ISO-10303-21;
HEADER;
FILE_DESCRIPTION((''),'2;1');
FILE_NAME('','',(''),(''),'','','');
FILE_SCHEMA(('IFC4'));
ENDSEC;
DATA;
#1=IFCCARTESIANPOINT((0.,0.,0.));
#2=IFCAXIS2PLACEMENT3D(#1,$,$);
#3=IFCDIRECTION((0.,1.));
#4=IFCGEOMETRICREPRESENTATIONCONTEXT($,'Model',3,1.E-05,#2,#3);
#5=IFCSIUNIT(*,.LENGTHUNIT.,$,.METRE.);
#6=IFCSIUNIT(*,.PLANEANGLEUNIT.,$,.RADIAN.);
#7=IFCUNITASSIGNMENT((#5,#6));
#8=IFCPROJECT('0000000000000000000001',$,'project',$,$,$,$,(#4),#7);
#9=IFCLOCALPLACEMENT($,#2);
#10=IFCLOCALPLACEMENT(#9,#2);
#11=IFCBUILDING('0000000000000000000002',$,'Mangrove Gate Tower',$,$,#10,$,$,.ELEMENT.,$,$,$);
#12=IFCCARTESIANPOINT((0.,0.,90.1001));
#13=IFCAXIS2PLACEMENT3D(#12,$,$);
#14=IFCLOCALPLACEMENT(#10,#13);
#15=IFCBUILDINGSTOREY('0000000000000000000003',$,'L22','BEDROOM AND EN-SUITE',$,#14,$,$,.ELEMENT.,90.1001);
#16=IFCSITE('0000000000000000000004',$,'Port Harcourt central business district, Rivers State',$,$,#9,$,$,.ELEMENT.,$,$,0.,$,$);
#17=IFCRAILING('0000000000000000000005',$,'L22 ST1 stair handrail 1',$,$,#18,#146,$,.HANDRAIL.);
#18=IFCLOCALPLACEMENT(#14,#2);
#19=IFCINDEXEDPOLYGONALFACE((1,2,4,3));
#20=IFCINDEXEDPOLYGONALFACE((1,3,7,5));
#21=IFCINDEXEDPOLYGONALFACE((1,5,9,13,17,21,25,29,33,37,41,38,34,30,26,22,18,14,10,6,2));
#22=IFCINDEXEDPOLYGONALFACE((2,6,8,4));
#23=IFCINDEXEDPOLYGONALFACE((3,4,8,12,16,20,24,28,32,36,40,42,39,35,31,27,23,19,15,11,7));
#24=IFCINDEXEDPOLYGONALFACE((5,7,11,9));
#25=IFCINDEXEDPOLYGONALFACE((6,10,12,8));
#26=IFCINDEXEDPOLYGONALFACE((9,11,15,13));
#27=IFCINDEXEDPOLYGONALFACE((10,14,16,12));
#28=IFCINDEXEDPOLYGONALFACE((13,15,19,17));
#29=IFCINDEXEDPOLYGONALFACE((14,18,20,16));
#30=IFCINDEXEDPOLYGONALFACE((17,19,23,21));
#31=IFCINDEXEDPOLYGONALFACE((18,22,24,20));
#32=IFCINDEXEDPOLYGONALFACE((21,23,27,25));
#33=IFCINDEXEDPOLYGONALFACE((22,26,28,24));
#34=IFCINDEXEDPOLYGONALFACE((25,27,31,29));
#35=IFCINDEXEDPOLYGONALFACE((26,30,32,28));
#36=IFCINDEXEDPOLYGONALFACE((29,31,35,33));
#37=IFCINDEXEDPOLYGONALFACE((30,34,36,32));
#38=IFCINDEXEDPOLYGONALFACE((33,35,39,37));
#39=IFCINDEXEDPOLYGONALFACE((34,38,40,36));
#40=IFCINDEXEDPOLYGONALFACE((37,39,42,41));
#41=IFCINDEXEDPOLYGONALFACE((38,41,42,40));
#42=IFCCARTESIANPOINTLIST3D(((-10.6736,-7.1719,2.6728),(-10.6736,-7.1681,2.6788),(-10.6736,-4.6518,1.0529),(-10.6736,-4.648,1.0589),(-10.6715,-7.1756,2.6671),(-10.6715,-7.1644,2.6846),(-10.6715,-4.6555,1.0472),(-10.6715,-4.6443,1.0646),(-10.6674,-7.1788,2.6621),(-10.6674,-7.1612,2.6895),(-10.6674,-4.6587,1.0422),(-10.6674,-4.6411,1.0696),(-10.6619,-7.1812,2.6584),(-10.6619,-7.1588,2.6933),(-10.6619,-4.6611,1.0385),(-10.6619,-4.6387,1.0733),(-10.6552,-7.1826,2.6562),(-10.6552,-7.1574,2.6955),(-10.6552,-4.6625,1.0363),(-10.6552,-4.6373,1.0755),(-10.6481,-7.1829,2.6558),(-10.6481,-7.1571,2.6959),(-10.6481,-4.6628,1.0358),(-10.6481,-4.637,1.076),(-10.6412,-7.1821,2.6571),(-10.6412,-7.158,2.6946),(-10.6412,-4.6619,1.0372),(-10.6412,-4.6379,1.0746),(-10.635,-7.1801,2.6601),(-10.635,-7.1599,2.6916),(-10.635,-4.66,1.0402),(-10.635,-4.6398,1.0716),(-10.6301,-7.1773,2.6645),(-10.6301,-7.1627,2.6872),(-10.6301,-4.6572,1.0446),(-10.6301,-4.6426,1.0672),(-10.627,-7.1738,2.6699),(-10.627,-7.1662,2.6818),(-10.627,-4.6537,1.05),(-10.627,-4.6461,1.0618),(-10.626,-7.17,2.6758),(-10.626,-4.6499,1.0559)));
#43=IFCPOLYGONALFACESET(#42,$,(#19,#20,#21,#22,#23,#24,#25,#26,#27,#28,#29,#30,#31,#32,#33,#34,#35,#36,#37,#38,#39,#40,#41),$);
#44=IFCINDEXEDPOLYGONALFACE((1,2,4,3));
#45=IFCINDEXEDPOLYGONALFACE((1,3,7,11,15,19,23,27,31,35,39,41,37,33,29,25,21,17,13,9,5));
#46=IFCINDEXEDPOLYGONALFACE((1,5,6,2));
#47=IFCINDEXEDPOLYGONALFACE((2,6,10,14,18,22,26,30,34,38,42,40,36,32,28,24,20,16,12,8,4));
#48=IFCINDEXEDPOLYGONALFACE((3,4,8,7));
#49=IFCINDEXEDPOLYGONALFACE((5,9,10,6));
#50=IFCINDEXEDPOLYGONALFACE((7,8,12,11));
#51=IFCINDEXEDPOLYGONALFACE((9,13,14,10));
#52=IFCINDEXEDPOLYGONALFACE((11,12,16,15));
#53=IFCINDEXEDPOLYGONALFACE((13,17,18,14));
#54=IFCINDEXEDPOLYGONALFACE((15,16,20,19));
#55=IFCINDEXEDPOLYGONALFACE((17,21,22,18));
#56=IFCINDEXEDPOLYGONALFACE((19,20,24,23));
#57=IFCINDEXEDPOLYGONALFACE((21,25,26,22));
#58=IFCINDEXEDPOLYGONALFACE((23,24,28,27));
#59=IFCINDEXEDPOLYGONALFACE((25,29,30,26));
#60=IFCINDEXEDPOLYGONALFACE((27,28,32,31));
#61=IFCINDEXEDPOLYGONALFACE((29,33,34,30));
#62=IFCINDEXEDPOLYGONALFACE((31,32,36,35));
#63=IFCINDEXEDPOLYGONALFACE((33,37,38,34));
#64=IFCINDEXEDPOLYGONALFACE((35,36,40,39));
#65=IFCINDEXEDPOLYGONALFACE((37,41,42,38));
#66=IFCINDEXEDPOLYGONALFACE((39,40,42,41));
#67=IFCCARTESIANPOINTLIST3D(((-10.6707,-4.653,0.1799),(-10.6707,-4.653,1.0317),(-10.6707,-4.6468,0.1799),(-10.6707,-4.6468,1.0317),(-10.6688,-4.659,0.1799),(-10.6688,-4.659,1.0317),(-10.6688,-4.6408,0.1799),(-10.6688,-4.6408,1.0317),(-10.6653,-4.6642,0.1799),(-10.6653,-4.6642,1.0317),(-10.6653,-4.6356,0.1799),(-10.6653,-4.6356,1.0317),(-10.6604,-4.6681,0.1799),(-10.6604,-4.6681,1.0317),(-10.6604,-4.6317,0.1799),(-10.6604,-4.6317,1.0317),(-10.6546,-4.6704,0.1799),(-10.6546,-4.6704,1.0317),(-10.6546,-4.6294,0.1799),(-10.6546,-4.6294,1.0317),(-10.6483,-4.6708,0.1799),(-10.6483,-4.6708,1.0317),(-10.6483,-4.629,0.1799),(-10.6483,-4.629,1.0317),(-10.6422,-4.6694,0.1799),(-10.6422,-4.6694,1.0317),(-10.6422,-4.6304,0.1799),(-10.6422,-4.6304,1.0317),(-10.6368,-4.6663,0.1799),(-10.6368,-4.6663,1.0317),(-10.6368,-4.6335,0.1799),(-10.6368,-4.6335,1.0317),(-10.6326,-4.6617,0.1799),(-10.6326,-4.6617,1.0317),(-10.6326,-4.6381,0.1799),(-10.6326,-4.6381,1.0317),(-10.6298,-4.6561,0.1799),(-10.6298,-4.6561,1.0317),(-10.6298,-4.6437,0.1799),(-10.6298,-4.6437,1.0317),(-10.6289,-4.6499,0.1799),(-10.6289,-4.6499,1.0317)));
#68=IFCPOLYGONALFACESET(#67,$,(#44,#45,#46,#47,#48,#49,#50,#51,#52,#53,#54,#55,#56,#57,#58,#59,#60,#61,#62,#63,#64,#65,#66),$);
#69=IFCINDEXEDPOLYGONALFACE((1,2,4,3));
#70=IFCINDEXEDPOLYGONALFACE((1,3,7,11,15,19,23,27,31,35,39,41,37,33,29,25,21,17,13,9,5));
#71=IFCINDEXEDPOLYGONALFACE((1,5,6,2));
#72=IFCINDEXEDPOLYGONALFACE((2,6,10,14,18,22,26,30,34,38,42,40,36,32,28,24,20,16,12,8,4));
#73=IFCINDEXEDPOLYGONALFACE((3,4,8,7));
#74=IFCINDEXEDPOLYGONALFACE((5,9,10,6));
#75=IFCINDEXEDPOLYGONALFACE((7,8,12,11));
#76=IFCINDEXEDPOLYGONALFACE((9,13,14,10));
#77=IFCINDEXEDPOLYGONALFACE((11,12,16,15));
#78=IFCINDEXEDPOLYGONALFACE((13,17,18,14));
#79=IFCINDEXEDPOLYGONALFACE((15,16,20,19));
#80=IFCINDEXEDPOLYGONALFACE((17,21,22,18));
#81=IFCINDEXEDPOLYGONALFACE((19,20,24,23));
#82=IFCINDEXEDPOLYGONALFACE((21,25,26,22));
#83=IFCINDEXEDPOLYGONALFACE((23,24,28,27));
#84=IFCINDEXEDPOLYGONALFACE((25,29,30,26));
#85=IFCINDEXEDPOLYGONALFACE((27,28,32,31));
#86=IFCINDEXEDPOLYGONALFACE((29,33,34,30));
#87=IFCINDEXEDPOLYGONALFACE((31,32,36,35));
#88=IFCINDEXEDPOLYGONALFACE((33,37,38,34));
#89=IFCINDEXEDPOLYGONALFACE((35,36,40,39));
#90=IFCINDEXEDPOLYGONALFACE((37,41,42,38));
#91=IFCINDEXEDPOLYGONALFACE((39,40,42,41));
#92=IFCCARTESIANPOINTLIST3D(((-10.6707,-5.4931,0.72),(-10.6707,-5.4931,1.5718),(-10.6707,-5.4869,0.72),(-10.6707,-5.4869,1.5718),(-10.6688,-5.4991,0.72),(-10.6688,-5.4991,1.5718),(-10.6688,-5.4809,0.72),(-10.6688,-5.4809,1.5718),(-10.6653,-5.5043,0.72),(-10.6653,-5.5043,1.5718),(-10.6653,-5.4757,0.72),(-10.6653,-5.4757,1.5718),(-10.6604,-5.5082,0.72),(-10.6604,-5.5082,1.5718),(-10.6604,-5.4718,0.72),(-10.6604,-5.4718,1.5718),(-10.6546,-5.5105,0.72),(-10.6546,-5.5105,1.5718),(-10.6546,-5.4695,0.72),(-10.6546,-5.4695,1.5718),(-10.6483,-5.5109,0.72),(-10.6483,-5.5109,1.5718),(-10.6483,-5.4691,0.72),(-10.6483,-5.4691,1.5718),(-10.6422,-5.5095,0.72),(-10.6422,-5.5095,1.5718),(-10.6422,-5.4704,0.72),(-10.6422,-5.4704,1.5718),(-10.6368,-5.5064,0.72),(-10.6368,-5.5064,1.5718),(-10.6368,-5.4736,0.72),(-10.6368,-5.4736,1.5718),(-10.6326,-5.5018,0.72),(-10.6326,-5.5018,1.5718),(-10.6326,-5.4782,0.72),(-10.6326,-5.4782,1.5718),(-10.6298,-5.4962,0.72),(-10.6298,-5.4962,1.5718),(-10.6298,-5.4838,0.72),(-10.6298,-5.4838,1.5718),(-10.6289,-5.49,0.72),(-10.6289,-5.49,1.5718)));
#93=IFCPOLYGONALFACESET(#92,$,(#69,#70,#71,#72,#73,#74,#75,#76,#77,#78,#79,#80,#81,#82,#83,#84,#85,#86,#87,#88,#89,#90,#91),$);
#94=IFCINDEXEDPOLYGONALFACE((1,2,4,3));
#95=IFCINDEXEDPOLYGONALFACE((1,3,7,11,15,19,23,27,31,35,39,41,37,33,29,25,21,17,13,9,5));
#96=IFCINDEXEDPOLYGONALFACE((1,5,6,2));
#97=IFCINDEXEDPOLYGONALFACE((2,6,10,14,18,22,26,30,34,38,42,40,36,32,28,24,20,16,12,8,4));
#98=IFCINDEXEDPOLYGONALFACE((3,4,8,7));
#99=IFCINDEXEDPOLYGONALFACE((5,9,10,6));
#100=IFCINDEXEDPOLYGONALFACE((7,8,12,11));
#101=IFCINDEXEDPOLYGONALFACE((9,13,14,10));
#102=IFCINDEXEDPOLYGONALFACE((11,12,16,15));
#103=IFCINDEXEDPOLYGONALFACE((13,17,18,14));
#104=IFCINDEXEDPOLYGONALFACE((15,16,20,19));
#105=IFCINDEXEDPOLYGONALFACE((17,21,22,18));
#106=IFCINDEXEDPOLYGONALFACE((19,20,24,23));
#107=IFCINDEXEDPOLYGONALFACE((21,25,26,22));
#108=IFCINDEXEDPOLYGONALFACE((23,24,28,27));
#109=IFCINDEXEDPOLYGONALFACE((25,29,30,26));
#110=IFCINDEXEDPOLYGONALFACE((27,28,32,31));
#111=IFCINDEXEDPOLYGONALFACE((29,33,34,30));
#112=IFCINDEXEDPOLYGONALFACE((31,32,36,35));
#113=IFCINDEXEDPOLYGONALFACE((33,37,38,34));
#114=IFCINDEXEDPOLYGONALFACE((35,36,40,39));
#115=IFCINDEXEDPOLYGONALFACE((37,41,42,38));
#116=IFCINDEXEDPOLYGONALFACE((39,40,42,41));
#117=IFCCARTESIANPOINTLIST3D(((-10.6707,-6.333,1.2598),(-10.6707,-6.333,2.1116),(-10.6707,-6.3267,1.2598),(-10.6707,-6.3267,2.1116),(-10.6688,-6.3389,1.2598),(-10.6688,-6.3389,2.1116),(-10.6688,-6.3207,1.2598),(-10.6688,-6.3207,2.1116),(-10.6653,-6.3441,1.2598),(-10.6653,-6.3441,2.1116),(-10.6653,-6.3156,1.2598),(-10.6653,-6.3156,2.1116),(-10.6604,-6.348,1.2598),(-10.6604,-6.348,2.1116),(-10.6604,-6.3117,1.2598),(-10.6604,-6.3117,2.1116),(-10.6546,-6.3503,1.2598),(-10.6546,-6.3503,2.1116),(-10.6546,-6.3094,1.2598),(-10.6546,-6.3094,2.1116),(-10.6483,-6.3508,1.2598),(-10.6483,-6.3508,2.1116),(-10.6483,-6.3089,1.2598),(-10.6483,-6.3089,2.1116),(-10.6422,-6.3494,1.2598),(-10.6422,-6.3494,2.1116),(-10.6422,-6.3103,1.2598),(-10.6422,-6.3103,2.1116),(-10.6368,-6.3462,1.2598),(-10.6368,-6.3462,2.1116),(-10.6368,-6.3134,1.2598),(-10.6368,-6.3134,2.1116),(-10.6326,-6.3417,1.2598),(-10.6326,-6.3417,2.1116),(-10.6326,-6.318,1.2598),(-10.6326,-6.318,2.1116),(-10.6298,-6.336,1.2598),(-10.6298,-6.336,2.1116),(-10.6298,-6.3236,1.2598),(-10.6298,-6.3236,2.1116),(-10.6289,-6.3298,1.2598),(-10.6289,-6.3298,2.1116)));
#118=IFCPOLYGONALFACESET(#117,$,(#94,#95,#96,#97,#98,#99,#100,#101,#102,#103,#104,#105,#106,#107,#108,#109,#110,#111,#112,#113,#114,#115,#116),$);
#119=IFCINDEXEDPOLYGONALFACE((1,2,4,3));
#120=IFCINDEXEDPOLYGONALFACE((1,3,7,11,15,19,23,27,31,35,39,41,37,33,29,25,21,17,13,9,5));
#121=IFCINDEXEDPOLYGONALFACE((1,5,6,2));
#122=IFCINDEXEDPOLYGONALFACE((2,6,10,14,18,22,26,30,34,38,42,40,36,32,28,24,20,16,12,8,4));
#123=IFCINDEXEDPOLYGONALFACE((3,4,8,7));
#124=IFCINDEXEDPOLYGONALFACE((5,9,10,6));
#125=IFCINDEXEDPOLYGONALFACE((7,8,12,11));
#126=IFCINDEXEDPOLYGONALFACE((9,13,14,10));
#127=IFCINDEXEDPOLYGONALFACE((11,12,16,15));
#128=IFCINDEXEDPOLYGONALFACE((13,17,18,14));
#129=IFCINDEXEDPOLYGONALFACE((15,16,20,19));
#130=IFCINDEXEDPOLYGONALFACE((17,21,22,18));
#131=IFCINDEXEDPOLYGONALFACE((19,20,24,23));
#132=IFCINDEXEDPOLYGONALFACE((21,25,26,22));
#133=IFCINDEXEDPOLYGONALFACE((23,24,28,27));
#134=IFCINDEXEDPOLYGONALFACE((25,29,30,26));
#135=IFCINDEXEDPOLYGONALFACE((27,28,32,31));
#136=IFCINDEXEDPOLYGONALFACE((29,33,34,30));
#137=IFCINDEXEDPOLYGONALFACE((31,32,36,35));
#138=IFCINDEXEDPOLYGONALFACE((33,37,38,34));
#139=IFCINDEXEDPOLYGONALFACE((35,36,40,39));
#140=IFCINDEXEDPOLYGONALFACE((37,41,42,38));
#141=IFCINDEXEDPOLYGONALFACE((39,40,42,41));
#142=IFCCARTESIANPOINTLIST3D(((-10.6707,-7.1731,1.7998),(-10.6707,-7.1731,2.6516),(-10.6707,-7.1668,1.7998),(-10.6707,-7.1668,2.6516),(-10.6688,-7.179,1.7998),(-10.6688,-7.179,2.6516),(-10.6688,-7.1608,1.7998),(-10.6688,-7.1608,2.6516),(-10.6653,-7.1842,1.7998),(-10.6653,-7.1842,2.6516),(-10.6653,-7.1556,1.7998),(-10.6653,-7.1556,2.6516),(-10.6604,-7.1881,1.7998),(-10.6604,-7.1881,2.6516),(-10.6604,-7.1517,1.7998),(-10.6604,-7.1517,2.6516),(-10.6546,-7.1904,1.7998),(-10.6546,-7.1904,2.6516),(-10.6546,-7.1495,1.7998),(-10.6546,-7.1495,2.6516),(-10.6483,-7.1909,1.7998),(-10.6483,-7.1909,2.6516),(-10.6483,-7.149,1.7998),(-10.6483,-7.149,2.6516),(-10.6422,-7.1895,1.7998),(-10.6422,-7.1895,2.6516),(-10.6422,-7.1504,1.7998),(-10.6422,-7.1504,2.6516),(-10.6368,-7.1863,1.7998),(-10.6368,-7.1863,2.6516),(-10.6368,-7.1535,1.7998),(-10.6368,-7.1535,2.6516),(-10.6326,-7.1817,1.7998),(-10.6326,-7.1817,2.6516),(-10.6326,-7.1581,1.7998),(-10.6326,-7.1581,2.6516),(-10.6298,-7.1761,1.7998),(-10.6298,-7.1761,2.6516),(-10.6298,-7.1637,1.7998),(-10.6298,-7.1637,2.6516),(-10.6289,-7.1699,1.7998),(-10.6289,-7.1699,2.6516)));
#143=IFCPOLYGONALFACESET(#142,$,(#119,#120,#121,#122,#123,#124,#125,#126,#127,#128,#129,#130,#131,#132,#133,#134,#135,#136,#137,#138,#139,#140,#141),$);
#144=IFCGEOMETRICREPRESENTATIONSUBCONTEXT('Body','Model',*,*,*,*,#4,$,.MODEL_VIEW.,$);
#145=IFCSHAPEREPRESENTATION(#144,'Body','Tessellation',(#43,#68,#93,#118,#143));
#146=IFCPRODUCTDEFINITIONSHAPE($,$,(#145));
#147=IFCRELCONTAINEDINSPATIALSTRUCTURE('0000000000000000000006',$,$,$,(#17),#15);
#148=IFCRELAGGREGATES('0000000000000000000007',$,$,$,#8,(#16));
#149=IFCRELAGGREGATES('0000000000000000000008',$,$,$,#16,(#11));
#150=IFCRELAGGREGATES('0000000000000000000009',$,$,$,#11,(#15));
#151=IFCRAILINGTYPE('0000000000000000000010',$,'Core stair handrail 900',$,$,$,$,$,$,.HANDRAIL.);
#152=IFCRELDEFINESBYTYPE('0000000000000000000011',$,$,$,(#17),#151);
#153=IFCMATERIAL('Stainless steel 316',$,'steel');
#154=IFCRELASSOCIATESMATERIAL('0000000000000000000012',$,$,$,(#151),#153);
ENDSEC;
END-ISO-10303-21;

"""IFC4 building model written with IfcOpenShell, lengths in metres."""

from ifc_helpers import new_model, si_unit, direction, frame, origin, origin_2d, place, context, subcontext, project, spatial, circle, extrude, material, type_object, element, save


model = new_model("IFC4")

# Units and contexts
model_context = context("Model", 3, precision=1e-05, world=origin(), true_north=direction((0.0, 1.0)))
body_context = subcontext(model_context, "Body", "Model", "MODEL_VIEW")
ifc_project = project(units=[si_unit("LENGTHUNIT", "METRE"), si_unit("PLANEANGLEUNIT", "RADIAN")], contexts=[model_context])

# Site, building, storey
site_placement = place(None, origin())
site = spatial("IfcSite", under=ifc_project, at=site_placement, Name="Port Harcourt central business district, Rivers State", CompositionType="ELEMENT", RefElevation=0.0)
building_placement = place(site_placement, origin())
building = spatial("IfcBuilding", under=site, at=building_placement, Name="Mangrove Gate Tower", CompositionType="ELEMENT")
storey_placement = place(building_placement, frame((0.0, 0.0, 90.1001)))
storey = spatial("IfcBuildingStorey", under=building, at=storey_placement, Name="L22", Description="BEDROOM AND EN-SUITE", CompositionType="ELEMENT", Elevation=90.1001)

# Railing
ifc_material_1 = material(Name="Stainless steel 316", Category="steel")
railing_type_1 = type_object("IfcRailingType", Name="Core stair handrail 900", PredefinedType="HANDRAIL", material=ifc_material_1)
railing_1_placement = place(storey_placement, frame((-10.6499, -4.6499, 0.1799)))
element("IfcRailing", 1, at=railing_1_placement, inside=storey, type_object=railing_type_1, Name="L22 ST1 stair handrail 1", PredefinedType="HANDRAIL", context=body_context, shape_type="SweptSolid", body=[
    extrude(circle(Radius=0.0239, at=origin_2d()), frame((0.0, 0.0, 0.876), z_axis=(0.0, -0.8412, 0.540725), x_axis=(1.0, 0.0, 0.0)), (0.0, 0.0, 1.0), 2.9958),
    extrude(circle(Radius=0.021, at=origin_2d()), origin(), (0.0, 0.0, 1.0), 0.8518),
    extrude(circle(Radius=0.021, at=origin_2d()), frame((0.0, -0.8401, 0.54)), (0.0, 0.0, 1.0), 0.8518),
    extrude(circle(Radius=0.021, at=origin_2d()), frame((0.0, -1.6799, 1.0798)), (0.0, 0.0, 1.0), 0.8518),
    extrude(circle(Radius=0.021, at=origin_2d()), frame((0.0, -2.52, 1.6199)), (0.0, 0.0, 1.0), 0.8518),
])

save(model, "model.ifc")
